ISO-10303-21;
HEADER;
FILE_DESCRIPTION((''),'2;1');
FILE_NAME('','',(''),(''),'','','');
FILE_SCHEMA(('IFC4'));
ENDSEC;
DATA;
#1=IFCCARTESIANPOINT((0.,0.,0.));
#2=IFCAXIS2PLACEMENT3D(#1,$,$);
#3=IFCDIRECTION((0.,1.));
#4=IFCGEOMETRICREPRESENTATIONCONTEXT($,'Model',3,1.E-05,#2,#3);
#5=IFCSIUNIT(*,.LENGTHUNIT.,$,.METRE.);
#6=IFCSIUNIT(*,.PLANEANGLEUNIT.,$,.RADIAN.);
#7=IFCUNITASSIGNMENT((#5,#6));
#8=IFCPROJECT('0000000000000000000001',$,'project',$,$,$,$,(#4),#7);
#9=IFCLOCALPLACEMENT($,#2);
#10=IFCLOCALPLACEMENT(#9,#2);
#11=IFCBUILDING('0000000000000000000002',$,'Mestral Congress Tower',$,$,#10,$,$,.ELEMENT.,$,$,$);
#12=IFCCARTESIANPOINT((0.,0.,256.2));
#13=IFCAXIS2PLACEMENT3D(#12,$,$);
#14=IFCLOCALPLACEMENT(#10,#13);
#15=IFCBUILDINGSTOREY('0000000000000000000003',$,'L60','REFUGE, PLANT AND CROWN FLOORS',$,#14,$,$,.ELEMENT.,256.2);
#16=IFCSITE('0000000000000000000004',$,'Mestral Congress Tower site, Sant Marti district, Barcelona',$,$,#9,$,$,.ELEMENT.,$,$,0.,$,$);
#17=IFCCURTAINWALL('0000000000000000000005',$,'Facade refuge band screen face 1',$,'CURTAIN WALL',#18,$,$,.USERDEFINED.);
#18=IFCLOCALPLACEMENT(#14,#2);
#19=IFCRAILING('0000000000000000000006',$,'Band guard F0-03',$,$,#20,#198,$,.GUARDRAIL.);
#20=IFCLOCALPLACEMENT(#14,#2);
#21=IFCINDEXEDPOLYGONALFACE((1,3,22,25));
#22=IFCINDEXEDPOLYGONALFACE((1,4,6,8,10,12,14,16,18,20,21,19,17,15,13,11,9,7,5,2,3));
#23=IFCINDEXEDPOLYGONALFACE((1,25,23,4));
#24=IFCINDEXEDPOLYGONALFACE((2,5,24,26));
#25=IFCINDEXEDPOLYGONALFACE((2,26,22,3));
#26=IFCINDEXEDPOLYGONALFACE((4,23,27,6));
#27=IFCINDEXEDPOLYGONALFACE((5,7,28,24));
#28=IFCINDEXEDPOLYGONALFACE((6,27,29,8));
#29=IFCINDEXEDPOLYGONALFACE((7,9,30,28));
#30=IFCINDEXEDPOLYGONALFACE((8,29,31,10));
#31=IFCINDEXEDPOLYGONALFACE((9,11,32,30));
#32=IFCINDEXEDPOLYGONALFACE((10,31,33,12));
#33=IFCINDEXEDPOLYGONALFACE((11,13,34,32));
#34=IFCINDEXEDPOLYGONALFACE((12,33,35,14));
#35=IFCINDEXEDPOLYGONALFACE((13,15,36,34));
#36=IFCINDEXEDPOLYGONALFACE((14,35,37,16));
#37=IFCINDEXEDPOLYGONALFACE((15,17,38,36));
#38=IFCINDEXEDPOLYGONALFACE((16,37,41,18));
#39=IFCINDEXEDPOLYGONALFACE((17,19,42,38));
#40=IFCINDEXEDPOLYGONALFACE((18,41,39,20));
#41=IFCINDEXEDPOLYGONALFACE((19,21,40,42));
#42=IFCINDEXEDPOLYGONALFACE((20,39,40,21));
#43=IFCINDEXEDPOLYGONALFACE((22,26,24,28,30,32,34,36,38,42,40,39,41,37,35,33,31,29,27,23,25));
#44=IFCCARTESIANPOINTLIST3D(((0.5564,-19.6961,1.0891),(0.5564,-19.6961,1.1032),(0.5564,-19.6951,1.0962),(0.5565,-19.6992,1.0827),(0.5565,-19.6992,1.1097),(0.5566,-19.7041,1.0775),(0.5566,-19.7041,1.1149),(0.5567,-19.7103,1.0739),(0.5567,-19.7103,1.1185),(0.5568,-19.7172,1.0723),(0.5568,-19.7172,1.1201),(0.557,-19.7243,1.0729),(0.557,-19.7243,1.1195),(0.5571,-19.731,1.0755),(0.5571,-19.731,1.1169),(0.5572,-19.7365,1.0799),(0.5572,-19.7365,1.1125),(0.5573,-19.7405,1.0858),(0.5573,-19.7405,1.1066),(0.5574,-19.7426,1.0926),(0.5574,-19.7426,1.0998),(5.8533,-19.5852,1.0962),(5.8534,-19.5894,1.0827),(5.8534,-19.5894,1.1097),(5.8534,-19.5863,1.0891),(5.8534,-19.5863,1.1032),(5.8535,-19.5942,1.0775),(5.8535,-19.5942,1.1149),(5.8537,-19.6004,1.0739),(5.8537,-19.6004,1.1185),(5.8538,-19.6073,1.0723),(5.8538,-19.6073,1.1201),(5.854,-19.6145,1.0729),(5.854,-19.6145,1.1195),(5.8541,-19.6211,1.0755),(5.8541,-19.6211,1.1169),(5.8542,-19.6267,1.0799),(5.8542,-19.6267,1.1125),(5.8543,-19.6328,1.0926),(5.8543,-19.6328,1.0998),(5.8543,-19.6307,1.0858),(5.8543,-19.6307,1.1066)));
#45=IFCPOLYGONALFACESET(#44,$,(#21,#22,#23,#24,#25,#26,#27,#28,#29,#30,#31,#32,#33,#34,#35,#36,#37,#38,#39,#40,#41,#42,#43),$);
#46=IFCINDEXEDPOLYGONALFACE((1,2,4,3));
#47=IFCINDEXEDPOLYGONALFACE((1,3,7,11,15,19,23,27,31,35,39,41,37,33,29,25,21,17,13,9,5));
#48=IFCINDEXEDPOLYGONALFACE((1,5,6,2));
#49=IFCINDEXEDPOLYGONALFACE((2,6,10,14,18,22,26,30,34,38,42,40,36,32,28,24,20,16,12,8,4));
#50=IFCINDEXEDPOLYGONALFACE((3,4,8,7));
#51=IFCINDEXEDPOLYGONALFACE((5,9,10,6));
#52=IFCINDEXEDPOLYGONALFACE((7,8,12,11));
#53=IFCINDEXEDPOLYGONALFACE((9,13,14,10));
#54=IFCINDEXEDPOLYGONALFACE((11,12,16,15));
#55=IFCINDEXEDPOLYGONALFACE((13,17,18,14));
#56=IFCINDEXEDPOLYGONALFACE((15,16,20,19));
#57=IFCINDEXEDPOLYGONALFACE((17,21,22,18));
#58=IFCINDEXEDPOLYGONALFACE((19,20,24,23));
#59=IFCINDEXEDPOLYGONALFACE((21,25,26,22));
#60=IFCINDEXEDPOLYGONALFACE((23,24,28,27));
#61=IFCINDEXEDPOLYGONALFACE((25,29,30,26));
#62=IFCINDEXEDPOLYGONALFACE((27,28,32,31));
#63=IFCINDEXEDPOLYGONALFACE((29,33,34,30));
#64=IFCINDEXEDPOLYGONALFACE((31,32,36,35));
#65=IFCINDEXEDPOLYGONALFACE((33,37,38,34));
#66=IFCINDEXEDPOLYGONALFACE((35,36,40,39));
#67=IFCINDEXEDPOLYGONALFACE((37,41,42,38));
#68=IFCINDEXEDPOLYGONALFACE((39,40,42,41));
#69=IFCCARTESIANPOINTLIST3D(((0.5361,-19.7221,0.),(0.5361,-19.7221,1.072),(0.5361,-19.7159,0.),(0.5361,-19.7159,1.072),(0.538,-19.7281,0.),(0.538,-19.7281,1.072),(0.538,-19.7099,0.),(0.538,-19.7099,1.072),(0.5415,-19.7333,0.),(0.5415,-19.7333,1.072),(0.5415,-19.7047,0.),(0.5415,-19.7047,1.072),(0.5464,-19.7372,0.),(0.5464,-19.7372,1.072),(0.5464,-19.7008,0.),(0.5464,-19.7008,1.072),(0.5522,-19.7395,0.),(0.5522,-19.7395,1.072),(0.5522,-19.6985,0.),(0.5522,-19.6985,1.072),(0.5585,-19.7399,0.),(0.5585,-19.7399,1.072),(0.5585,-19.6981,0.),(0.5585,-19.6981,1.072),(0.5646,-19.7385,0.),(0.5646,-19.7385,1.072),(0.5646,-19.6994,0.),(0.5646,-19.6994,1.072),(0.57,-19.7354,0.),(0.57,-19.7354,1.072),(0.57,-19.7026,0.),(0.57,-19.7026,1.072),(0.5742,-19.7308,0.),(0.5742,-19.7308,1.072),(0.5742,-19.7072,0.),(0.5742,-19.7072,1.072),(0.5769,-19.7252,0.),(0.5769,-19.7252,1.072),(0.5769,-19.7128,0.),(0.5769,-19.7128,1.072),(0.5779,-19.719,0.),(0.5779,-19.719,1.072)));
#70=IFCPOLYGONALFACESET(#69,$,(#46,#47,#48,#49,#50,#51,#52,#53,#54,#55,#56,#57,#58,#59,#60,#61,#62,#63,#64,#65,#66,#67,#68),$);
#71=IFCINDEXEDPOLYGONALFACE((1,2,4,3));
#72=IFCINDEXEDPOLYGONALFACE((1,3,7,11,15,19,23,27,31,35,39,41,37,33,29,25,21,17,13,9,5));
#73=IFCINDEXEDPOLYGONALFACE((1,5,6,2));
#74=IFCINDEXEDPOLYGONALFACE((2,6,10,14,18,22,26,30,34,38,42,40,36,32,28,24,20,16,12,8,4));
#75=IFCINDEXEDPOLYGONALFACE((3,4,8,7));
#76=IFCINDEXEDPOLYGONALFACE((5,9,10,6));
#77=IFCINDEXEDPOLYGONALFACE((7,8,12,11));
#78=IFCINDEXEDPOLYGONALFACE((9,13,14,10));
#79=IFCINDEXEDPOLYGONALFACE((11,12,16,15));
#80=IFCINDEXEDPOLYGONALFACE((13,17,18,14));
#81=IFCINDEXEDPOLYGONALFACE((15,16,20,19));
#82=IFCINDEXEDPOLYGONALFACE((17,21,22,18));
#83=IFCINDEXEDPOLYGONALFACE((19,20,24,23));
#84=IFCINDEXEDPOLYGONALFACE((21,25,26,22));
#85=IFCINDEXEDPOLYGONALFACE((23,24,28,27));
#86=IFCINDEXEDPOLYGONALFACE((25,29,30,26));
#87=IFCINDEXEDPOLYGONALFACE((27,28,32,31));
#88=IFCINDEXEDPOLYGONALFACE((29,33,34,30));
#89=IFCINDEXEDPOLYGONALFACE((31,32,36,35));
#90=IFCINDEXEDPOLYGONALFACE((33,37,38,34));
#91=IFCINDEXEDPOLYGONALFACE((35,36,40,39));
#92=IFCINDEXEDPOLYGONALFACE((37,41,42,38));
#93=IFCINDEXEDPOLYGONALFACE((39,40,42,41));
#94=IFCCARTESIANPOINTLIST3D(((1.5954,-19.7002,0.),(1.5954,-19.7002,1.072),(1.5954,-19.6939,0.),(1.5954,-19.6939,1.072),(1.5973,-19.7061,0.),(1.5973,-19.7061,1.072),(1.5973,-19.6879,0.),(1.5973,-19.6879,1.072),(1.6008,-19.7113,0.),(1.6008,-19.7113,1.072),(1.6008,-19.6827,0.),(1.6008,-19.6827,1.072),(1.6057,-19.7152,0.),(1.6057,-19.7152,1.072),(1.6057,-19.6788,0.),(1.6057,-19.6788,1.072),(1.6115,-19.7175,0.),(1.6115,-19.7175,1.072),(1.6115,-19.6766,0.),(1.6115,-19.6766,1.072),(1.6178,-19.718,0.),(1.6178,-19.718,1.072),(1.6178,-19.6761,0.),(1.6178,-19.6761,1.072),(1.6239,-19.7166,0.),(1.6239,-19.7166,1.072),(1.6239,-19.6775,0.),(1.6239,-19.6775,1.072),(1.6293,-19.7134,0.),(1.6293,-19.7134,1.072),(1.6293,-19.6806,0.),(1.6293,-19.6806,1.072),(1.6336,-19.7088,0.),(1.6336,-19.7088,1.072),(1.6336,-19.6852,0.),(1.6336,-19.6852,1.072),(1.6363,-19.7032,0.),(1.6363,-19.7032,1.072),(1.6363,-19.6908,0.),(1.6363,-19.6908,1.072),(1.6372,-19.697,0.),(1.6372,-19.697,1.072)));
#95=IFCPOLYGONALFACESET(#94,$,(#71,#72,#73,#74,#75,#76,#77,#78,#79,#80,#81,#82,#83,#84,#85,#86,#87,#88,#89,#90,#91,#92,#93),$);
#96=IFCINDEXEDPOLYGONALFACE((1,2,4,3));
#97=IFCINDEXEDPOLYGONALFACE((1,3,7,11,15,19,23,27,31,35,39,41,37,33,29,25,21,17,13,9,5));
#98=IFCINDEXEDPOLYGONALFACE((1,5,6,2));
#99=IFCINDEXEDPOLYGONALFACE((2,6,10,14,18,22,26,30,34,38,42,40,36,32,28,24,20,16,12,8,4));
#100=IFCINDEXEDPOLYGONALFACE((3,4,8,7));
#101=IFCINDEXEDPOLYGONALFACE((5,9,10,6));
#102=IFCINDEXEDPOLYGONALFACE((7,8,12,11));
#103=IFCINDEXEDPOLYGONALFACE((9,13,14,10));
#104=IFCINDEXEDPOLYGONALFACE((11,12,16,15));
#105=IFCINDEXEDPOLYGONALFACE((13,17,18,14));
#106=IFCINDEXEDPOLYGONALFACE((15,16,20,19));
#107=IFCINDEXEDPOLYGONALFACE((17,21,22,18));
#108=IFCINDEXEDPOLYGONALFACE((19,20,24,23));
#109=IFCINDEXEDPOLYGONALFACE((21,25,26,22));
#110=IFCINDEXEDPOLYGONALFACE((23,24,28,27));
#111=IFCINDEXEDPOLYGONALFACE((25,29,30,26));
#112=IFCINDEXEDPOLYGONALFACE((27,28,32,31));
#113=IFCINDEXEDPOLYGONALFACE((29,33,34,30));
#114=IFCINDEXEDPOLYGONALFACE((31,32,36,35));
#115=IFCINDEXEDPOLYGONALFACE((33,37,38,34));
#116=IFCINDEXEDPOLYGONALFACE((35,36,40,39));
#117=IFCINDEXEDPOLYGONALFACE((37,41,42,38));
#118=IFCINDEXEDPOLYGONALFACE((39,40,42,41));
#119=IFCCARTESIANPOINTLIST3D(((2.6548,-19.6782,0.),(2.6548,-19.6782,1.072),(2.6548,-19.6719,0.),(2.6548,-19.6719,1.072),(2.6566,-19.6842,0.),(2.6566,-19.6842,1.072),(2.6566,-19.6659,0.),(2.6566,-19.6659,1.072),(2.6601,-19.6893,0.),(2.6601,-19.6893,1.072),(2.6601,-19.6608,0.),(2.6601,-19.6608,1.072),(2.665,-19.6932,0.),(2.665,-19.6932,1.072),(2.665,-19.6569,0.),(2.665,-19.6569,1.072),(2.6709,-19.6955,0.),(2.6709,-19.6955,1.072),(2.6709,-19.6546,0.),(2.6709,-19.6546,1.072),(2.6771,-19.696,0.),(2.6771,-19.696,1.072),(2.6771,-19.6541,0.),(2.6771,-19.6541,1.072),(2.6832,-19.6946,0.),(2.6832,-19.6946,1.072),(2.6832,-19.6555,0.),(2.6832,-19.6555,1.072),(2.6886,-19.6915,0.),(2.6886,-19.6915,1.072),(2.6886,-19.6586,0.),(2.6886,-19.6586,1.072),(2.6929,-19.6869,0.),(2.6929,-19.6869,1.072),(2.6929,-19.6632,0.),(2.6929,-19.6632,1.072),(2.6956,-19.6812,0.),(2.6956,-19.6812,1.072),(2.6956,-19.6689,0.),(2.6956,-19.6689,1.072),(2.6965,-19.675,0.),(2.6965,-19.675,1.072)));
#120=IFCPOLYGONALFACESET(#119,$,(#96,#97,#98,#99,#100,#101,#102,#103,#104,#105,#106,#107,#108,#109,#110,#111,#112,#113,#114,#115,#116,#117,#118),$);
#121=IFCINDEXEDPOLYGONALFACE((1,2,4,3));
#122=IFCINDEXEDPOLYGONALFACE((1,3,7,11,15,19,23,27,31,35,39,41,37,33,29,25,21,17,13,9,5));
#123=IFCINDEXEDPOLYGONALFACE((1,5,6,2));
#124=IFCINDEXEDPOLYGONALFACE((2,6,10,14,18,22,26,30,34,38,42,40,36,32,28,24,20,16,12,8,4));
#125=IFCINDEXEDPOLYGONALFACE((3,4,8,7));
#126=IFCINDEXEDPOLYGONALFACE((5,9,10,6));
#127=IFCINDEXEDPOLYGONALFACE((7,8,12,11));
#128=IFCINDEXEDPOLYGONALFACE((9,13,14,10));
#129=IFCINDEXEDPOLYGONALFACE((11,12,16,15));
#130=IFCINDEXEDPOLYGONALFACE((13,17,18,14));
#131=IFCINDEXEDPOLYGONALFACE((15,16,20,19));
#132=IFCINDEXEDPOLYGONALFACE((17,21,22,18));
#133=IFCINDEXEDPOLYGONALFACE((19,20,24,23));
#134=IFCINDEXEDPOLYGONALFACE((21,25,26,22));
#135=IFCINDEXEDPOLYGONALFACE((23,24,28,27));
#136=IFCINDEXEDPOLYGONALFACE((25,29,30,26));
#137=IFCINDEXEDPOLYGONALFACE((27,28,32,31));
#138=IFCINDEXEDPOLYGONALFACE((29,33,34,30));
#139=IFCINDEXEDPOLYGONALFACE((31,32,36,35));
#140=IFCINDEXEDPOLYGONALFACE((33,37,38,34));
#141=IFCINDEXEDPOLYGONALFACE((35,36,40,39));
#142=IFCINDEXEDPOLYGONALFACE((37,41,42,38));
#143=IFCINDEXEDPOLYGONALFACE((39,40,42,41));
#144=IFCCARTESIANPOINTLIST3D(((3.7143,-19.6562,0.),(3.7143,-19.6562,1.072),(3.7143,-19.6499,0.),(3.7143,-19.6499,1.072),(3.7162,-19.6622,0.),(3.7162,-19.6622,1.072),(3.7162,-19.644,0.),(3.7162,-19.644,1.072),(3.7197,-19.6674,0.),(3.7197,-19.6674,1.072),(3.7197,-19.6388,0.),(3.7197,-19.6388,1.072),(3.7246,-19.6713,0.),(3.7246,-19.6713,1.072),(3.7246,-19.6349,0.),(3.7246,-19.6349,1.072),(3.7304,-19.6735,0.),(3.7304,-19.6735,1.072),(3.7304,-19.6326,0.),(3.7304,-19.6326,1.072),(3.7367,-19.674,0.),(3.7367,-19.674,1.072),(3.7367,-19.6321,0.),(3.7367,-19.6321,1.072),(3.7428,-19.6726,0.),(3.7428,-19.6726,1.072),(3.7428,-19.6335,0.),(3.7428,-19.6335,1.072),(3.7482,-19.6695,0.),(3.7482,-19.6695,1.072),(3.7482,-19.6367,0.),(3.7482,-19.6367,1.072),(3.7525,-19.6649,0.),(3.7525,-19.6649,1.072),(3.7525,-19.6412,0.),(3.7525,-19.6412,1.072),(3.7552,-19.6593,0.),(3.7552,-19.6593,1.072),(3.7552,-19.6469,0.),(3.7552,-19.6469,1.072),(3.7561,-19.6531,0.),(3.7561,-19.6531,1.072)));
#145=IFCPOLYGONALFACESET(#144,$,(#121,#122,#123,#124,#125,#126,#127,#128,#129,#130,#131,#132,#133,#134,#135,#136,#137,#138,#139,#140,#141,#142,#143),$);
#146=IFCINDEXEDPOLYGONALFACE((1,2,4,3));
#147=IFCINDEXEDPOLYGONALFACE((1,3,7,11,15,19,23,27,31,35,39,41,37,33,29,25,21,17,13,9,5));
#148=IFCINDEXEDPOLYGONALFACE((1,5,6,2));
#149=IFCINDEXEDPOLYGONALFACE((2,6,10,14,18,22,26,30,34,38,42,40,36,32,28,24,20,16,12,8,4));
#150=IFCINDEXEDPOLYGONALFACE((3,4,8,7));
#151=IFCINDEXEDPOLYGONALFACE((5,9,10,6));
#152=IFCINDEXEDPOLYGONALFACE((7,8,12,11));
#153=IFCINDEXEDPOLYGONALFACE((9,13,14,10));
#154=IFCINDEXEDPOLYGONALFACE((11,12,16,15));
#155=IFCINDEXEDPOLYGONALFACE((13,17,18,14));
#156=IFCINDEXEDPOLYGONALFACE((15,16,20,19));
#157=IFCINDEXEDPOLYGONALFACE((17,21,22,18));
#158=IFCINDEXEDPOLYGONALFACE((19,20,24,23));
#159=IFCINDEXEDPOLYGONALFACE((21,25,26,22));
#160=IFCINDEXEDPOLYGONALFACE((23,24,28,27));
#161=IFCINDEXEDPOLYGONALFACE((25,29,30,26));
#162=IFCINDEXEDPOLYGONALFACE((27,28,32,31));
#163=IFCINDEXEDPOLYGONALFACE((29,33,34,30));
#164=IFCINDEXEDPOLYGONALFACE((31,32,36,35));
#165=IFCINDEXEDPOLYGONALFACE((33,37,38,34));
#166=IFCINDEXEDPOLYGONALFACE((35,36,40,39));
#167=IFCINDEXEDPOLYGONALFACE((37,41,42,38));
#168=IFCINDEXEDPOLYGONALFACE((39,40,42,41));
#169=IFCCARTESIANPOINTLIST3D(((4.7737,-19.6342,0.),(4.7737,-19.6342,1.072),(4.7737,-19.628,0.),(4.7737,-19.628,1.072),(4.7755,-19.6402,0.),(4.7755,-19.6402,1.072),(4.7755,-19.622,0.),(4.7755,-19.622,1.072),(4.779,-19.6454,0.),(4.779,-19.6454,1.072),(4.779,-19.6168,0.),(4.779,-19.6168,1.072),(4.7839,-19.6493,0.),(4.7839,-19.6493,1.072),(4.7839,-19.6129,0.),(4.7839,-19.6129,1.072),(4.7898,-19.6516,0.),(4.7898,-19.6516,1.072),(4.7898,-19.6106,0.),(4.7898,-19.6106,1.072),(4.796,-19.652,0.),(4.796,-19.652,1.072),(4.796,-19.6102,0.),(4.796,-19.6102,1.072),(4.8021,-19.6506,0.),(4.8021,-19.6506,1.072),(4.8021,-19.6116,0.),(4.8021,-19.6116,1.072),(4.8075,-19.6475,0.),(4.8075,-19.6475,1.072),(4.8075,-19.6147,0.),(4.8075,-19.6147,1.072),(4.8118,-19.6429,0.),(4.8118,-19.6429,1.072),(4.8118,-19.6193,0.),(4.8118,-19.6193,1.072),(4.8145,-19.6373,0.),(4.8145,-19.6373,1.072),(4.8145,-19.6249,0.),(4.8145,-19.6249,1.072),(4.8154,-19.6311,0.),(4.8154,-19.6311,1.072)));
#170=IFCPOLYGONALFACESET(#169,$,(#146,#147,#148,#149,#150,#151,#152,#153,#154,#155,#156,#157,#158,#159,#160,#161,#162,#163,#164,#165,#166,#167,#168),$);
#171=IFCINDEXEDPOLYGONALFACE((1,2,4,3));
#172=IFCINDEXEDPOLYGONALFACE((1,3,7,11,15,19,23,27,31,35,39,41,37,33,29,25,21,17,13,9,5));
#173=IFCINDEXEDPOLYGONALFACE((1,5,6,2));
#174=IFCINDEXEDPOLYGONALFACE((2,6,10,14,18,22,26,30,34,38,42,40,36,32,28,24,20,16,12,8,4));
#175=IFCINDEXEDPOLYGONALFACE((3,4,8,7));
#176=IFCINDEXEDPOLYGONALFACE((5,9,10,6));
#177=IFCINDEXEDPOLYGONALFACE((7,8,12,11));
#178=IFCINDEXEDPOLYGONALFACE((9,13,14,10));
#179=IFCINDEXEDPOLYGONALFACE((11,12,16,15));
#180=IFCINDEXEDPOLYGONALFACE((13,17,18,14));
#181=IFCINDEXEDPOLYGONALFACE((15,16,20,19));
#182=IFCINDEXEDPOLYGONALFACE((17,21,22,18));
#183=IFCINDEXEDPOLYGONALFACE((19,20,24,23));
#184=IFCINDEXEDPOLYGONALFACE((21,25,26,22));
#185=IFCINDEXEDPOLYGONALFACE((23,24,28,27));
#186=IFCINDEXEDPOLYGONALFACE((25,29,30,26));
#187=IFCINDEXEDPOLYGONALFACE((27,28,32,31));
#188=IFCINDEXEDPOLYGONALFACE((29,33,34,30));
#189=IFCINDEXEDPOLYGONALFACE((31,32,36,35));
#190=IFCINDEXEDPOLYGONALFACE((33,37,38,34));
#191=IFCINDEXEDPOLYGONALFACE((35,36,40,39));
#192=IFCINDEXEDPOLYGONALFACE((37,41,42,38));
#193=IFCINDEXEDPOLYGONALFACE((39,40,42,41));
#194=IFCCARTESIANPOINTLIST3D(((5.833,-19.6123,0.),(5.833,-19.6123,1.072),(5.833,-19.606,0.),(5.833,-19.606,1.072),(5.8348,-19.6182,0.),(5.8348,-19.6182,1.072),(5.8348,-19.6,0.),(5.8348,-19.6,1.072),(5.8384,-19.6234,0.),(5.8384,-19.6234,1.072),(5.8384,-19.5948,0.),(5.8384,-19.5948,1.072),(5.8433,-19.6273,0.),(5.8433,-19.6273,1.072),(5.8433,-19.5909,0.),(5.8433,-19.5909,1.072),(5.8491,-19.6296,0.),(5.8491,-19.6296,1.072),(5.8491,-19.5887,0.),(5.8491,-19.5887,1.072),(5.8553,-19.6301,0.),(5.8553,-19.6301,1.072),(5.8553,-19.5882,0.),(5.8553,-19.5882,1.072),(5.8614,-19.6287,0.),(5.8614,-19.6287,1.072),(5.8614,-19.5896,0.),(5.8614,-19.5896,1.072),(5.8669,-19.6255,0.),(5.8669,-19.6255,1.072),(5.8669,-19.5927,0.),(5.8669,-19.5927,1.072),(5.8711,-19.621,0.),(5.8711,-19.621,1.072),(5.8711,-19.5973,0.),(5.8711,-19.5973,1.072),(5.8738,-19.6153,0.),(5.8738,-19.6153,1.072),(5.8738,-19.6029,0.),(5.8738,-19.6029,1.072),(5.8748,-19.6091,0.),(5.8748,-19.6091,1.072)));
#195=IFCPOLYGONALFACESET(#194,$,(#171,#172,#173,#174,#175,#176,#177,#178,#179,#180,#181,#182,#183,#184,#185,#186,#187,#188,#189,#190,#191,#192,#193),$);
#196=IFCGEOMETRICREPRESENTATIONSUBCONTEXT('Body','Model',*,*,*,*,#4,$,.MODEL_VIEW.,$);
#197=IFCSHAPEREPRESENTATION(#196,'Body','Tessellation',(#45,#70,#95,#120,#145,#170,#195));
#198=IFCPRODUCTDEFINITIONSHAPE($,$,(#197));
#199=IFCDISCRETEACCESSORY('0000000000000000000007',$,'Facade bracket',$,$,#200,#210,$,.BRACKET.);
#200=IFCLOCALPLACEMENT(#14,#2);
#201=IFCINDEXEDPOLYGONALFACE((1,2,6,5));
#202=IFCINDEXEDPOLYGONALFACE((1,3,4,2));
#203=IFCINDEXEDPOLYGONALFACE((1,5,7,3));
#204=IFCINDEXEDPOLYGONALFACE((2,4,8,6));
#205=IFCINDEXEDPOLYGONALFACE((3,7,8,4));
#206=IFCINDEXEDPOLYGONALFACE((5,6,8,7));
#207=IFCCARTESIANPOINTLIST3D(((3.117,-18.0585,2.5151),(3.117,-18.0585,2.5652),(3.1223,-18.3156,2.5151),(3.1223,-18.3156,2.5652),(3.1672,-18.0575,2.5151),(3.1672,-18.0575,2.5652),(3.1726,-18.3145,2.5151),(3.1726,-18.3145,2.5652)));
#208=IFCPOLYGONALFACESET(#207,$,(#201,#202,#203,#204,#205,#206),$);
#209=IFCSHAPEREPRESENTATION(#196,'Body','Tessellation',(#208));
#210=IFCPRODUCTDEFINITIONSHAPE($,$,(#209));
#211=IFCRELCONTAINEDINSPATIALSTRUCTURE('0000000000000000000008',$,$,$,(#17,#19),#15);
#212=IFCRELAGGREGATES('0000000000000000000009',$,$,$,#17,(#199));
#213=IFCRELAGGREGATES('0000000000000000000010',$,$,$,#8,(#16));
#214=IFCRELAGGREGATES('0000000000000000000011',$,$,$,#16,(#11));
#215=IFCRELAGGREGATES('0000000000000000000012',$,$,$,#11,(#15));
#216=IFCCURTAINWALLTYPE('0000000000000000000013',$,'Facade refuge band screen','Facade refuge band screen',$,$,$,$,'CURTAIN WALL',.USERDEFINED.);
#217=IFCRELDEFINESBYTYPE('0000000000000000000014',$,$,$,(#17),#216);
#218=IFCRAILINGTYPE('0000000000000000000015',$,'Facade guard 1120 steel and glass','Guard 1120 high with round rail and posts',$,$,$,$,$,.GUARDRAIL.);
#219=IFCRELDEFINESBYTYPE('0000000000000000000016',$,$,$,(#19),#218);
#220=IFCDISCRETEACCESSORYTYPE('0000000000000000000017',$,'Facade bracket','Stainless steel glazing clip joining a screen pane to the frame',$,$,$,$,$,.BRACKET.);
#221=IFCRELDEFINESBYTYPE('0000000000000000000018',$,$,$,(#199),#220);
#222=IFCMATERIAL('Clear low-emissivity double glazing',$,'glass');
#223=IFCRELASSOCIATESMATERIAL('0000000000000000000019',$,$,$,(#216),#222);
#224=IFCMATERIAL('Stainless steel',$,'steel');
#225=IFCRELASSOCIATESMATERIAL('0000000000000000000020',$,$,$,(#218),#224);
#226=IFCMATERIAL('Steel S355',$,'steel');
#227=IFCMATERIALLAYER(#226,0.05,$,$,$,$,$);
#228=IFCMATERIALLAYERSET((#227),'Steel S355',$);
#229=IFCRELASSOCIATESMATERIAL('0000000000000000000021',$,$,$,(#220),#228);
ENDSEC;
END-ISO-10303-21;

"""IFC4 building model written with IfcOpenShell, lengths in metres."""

from ifc_helpers import new_model, si_unit, direction, frame, origin, origin_2d, place, context, subcontext, project, spatial, rectangle, circle, extrude, material, layer, layer_set, type_object, element, aggregate, save


model = new_model("IFC4")

# Units and contexts
model_context = context("Model", 3, precision=1e-05, world=origin(), true_north=direction((0.0, 1.0)))
body_context = subcontext(model_context, "Body", "Model", "MODEL_VIEW")
ifc_project = project(units=[si_unit("LENGTHUNIT", "METRE"), si_unit("PLANEANGLEUNIT", "RADIAN")], contexts=[model_context])

# Site, building, storey
site_placement = place(None, origin())
site = spatial("IfcSite", under=ifc_project, at=site_placement, Name="Mestral Congress Tower site, Sant Marti district, Barcelona", CompositionType="ELEMENT", RefElevation=0.0)
building_placement = place(site_placement, origin())
building = spatial("IfcBuilding", under=site, at=building_placement, Name="Mestral Congress Tower", CompositionType="ELEMENT")
storey_placement = place(building_placement, frame((0.0, 0.0, 256.2)))
storey = spatial("IfcBuildingStorey", under=building, at=storey_placement, Name="L60", Description="REFUGE, PLANT AND CROWN FLOORS", CompositionType="ELEMENT", Elevation=256.2)

# Shared definitions
ifc_material_1 = material(Name="Steel S355", Category="steel")

# Curtain wall
ifc_material_2 = material(Name="Clear low-emissivity double glazing", Category="glass")
curtain_wall_type = type_object("IfcCurtainWallType", Name="Facade refuge band screen", Description="Facade refuge band screen", ElementType="CURTAIN WALL", PredefinedType="USERDEFINED", material=ifc_material_2)
curtain_wall_placement = place(storey_placement, origin())
curtain_wall = element("IfcCurtainWall", 1, at=curtain_wall_placement, inside=storey, type_object=curtain_wall_type, Name="Facade refuge band screen face 1", ObjectType="CURTAIN WALL", PredefinedType="USERDEFINED")

# Railing
ifc_material_3 = material(Name="Stainless steel", Category="steel")
railing_type = type_object("IfcRailingType", Name="Facade guard 1120 steel and glass", Description="Guard 1120 high with round rail and posts", PredefinedType="GUARDRAIL", material=ifc_material_3)
railing_placement = place(storey_placement, frame((0.5569, -19.719, 0.0)))
element("IfcRailing", 2, at=railing_placement, inside=storey, type_object=railing_type, Name="Band guard F0-03", PredefinedType="GUARDRAIL", context=body_context, shape_type="SweptSolid", body=[
    extrude(circle(Radius=0.0239, at=origin_2d()), frame((0.0, 0.0, 1.0962), z_axis=(0.999785, 0.020737, 0.0), x_axis=(-0.020737, 0.999785, 0.0)), (0.0, 0.0, 1.0), 5.2981),
    extrude(circle(Radius=0.021, at=origin_2d()), origin(), (0.0, 0.0, 1.0), 1.072),
    extrude(circle(Radius=0.021, at=origin_2d()), frame((1.0593, 0.022, 0.0)), (0.0, 0.0, 1.0), 1.072),
    extrude(circle(Radius=0.021, at=origin_2d()), frame((2.1187, 0.0439, 0.0)), (0.0, 0.0, 1.0), 1.072),
    extrude(circle(Radius=0.021, at=origin_2d()), frame((3.1782, 0.0659, 0.0)), (0.0, 0.0, 1.0), 1.072),
    extrude(circle(Radius=0.021, at=origin_2d()), frame((4.2375, 0.0879, 0.0)), (0.0, 0.0, 1.0), 1.072),
    extrude(circle(Radius=0.021, at=origin_2d()), frame((5.2969, 0.1099, 0.0)), (0.0, 0.0, 1.0), 1.072),
])

# Discrete accessory
ifc_layer_1 = layer(ifc_material_1, 0.05)
ifc_layer_set_1 = layer_set([ifc_layer_1], Name="Steel S355")
discrete_accessory_type = type_object("IfcDiscreteAccessoryType", Name="Facade bracket", Description="Stainless steel glazing clip joining a screen pane to the frame", PredefinedType="BRACKET", material=ifc_layer_set_1)
discrete_accessory_1_placement = place(storey_placement, frame((3.1448, -18.1865, 2.5151), z_axis=(0.0, 0.0, 1.0), x_axis=(0.999784, 0.020768, 0.0)))
discrete_accessory_1 = element("IfcDiscreteAccessory", 3, at=discrete_accessory_1_placement, type_object=discrete_accessory_type, Name="Facade bracket", PredefinedType="BRACKET", context=body_context, shape_type="SweptSolid", body=[
    extrude(rectangle(XDim=0.0503, YDim=0.2571, at=origin_2d()), origin(), (0.0, 0.0, 1.0), 0.05),
])
aggregate(curtain_wall, [discrete_accessory_1])

save(model, "model.ifc")
